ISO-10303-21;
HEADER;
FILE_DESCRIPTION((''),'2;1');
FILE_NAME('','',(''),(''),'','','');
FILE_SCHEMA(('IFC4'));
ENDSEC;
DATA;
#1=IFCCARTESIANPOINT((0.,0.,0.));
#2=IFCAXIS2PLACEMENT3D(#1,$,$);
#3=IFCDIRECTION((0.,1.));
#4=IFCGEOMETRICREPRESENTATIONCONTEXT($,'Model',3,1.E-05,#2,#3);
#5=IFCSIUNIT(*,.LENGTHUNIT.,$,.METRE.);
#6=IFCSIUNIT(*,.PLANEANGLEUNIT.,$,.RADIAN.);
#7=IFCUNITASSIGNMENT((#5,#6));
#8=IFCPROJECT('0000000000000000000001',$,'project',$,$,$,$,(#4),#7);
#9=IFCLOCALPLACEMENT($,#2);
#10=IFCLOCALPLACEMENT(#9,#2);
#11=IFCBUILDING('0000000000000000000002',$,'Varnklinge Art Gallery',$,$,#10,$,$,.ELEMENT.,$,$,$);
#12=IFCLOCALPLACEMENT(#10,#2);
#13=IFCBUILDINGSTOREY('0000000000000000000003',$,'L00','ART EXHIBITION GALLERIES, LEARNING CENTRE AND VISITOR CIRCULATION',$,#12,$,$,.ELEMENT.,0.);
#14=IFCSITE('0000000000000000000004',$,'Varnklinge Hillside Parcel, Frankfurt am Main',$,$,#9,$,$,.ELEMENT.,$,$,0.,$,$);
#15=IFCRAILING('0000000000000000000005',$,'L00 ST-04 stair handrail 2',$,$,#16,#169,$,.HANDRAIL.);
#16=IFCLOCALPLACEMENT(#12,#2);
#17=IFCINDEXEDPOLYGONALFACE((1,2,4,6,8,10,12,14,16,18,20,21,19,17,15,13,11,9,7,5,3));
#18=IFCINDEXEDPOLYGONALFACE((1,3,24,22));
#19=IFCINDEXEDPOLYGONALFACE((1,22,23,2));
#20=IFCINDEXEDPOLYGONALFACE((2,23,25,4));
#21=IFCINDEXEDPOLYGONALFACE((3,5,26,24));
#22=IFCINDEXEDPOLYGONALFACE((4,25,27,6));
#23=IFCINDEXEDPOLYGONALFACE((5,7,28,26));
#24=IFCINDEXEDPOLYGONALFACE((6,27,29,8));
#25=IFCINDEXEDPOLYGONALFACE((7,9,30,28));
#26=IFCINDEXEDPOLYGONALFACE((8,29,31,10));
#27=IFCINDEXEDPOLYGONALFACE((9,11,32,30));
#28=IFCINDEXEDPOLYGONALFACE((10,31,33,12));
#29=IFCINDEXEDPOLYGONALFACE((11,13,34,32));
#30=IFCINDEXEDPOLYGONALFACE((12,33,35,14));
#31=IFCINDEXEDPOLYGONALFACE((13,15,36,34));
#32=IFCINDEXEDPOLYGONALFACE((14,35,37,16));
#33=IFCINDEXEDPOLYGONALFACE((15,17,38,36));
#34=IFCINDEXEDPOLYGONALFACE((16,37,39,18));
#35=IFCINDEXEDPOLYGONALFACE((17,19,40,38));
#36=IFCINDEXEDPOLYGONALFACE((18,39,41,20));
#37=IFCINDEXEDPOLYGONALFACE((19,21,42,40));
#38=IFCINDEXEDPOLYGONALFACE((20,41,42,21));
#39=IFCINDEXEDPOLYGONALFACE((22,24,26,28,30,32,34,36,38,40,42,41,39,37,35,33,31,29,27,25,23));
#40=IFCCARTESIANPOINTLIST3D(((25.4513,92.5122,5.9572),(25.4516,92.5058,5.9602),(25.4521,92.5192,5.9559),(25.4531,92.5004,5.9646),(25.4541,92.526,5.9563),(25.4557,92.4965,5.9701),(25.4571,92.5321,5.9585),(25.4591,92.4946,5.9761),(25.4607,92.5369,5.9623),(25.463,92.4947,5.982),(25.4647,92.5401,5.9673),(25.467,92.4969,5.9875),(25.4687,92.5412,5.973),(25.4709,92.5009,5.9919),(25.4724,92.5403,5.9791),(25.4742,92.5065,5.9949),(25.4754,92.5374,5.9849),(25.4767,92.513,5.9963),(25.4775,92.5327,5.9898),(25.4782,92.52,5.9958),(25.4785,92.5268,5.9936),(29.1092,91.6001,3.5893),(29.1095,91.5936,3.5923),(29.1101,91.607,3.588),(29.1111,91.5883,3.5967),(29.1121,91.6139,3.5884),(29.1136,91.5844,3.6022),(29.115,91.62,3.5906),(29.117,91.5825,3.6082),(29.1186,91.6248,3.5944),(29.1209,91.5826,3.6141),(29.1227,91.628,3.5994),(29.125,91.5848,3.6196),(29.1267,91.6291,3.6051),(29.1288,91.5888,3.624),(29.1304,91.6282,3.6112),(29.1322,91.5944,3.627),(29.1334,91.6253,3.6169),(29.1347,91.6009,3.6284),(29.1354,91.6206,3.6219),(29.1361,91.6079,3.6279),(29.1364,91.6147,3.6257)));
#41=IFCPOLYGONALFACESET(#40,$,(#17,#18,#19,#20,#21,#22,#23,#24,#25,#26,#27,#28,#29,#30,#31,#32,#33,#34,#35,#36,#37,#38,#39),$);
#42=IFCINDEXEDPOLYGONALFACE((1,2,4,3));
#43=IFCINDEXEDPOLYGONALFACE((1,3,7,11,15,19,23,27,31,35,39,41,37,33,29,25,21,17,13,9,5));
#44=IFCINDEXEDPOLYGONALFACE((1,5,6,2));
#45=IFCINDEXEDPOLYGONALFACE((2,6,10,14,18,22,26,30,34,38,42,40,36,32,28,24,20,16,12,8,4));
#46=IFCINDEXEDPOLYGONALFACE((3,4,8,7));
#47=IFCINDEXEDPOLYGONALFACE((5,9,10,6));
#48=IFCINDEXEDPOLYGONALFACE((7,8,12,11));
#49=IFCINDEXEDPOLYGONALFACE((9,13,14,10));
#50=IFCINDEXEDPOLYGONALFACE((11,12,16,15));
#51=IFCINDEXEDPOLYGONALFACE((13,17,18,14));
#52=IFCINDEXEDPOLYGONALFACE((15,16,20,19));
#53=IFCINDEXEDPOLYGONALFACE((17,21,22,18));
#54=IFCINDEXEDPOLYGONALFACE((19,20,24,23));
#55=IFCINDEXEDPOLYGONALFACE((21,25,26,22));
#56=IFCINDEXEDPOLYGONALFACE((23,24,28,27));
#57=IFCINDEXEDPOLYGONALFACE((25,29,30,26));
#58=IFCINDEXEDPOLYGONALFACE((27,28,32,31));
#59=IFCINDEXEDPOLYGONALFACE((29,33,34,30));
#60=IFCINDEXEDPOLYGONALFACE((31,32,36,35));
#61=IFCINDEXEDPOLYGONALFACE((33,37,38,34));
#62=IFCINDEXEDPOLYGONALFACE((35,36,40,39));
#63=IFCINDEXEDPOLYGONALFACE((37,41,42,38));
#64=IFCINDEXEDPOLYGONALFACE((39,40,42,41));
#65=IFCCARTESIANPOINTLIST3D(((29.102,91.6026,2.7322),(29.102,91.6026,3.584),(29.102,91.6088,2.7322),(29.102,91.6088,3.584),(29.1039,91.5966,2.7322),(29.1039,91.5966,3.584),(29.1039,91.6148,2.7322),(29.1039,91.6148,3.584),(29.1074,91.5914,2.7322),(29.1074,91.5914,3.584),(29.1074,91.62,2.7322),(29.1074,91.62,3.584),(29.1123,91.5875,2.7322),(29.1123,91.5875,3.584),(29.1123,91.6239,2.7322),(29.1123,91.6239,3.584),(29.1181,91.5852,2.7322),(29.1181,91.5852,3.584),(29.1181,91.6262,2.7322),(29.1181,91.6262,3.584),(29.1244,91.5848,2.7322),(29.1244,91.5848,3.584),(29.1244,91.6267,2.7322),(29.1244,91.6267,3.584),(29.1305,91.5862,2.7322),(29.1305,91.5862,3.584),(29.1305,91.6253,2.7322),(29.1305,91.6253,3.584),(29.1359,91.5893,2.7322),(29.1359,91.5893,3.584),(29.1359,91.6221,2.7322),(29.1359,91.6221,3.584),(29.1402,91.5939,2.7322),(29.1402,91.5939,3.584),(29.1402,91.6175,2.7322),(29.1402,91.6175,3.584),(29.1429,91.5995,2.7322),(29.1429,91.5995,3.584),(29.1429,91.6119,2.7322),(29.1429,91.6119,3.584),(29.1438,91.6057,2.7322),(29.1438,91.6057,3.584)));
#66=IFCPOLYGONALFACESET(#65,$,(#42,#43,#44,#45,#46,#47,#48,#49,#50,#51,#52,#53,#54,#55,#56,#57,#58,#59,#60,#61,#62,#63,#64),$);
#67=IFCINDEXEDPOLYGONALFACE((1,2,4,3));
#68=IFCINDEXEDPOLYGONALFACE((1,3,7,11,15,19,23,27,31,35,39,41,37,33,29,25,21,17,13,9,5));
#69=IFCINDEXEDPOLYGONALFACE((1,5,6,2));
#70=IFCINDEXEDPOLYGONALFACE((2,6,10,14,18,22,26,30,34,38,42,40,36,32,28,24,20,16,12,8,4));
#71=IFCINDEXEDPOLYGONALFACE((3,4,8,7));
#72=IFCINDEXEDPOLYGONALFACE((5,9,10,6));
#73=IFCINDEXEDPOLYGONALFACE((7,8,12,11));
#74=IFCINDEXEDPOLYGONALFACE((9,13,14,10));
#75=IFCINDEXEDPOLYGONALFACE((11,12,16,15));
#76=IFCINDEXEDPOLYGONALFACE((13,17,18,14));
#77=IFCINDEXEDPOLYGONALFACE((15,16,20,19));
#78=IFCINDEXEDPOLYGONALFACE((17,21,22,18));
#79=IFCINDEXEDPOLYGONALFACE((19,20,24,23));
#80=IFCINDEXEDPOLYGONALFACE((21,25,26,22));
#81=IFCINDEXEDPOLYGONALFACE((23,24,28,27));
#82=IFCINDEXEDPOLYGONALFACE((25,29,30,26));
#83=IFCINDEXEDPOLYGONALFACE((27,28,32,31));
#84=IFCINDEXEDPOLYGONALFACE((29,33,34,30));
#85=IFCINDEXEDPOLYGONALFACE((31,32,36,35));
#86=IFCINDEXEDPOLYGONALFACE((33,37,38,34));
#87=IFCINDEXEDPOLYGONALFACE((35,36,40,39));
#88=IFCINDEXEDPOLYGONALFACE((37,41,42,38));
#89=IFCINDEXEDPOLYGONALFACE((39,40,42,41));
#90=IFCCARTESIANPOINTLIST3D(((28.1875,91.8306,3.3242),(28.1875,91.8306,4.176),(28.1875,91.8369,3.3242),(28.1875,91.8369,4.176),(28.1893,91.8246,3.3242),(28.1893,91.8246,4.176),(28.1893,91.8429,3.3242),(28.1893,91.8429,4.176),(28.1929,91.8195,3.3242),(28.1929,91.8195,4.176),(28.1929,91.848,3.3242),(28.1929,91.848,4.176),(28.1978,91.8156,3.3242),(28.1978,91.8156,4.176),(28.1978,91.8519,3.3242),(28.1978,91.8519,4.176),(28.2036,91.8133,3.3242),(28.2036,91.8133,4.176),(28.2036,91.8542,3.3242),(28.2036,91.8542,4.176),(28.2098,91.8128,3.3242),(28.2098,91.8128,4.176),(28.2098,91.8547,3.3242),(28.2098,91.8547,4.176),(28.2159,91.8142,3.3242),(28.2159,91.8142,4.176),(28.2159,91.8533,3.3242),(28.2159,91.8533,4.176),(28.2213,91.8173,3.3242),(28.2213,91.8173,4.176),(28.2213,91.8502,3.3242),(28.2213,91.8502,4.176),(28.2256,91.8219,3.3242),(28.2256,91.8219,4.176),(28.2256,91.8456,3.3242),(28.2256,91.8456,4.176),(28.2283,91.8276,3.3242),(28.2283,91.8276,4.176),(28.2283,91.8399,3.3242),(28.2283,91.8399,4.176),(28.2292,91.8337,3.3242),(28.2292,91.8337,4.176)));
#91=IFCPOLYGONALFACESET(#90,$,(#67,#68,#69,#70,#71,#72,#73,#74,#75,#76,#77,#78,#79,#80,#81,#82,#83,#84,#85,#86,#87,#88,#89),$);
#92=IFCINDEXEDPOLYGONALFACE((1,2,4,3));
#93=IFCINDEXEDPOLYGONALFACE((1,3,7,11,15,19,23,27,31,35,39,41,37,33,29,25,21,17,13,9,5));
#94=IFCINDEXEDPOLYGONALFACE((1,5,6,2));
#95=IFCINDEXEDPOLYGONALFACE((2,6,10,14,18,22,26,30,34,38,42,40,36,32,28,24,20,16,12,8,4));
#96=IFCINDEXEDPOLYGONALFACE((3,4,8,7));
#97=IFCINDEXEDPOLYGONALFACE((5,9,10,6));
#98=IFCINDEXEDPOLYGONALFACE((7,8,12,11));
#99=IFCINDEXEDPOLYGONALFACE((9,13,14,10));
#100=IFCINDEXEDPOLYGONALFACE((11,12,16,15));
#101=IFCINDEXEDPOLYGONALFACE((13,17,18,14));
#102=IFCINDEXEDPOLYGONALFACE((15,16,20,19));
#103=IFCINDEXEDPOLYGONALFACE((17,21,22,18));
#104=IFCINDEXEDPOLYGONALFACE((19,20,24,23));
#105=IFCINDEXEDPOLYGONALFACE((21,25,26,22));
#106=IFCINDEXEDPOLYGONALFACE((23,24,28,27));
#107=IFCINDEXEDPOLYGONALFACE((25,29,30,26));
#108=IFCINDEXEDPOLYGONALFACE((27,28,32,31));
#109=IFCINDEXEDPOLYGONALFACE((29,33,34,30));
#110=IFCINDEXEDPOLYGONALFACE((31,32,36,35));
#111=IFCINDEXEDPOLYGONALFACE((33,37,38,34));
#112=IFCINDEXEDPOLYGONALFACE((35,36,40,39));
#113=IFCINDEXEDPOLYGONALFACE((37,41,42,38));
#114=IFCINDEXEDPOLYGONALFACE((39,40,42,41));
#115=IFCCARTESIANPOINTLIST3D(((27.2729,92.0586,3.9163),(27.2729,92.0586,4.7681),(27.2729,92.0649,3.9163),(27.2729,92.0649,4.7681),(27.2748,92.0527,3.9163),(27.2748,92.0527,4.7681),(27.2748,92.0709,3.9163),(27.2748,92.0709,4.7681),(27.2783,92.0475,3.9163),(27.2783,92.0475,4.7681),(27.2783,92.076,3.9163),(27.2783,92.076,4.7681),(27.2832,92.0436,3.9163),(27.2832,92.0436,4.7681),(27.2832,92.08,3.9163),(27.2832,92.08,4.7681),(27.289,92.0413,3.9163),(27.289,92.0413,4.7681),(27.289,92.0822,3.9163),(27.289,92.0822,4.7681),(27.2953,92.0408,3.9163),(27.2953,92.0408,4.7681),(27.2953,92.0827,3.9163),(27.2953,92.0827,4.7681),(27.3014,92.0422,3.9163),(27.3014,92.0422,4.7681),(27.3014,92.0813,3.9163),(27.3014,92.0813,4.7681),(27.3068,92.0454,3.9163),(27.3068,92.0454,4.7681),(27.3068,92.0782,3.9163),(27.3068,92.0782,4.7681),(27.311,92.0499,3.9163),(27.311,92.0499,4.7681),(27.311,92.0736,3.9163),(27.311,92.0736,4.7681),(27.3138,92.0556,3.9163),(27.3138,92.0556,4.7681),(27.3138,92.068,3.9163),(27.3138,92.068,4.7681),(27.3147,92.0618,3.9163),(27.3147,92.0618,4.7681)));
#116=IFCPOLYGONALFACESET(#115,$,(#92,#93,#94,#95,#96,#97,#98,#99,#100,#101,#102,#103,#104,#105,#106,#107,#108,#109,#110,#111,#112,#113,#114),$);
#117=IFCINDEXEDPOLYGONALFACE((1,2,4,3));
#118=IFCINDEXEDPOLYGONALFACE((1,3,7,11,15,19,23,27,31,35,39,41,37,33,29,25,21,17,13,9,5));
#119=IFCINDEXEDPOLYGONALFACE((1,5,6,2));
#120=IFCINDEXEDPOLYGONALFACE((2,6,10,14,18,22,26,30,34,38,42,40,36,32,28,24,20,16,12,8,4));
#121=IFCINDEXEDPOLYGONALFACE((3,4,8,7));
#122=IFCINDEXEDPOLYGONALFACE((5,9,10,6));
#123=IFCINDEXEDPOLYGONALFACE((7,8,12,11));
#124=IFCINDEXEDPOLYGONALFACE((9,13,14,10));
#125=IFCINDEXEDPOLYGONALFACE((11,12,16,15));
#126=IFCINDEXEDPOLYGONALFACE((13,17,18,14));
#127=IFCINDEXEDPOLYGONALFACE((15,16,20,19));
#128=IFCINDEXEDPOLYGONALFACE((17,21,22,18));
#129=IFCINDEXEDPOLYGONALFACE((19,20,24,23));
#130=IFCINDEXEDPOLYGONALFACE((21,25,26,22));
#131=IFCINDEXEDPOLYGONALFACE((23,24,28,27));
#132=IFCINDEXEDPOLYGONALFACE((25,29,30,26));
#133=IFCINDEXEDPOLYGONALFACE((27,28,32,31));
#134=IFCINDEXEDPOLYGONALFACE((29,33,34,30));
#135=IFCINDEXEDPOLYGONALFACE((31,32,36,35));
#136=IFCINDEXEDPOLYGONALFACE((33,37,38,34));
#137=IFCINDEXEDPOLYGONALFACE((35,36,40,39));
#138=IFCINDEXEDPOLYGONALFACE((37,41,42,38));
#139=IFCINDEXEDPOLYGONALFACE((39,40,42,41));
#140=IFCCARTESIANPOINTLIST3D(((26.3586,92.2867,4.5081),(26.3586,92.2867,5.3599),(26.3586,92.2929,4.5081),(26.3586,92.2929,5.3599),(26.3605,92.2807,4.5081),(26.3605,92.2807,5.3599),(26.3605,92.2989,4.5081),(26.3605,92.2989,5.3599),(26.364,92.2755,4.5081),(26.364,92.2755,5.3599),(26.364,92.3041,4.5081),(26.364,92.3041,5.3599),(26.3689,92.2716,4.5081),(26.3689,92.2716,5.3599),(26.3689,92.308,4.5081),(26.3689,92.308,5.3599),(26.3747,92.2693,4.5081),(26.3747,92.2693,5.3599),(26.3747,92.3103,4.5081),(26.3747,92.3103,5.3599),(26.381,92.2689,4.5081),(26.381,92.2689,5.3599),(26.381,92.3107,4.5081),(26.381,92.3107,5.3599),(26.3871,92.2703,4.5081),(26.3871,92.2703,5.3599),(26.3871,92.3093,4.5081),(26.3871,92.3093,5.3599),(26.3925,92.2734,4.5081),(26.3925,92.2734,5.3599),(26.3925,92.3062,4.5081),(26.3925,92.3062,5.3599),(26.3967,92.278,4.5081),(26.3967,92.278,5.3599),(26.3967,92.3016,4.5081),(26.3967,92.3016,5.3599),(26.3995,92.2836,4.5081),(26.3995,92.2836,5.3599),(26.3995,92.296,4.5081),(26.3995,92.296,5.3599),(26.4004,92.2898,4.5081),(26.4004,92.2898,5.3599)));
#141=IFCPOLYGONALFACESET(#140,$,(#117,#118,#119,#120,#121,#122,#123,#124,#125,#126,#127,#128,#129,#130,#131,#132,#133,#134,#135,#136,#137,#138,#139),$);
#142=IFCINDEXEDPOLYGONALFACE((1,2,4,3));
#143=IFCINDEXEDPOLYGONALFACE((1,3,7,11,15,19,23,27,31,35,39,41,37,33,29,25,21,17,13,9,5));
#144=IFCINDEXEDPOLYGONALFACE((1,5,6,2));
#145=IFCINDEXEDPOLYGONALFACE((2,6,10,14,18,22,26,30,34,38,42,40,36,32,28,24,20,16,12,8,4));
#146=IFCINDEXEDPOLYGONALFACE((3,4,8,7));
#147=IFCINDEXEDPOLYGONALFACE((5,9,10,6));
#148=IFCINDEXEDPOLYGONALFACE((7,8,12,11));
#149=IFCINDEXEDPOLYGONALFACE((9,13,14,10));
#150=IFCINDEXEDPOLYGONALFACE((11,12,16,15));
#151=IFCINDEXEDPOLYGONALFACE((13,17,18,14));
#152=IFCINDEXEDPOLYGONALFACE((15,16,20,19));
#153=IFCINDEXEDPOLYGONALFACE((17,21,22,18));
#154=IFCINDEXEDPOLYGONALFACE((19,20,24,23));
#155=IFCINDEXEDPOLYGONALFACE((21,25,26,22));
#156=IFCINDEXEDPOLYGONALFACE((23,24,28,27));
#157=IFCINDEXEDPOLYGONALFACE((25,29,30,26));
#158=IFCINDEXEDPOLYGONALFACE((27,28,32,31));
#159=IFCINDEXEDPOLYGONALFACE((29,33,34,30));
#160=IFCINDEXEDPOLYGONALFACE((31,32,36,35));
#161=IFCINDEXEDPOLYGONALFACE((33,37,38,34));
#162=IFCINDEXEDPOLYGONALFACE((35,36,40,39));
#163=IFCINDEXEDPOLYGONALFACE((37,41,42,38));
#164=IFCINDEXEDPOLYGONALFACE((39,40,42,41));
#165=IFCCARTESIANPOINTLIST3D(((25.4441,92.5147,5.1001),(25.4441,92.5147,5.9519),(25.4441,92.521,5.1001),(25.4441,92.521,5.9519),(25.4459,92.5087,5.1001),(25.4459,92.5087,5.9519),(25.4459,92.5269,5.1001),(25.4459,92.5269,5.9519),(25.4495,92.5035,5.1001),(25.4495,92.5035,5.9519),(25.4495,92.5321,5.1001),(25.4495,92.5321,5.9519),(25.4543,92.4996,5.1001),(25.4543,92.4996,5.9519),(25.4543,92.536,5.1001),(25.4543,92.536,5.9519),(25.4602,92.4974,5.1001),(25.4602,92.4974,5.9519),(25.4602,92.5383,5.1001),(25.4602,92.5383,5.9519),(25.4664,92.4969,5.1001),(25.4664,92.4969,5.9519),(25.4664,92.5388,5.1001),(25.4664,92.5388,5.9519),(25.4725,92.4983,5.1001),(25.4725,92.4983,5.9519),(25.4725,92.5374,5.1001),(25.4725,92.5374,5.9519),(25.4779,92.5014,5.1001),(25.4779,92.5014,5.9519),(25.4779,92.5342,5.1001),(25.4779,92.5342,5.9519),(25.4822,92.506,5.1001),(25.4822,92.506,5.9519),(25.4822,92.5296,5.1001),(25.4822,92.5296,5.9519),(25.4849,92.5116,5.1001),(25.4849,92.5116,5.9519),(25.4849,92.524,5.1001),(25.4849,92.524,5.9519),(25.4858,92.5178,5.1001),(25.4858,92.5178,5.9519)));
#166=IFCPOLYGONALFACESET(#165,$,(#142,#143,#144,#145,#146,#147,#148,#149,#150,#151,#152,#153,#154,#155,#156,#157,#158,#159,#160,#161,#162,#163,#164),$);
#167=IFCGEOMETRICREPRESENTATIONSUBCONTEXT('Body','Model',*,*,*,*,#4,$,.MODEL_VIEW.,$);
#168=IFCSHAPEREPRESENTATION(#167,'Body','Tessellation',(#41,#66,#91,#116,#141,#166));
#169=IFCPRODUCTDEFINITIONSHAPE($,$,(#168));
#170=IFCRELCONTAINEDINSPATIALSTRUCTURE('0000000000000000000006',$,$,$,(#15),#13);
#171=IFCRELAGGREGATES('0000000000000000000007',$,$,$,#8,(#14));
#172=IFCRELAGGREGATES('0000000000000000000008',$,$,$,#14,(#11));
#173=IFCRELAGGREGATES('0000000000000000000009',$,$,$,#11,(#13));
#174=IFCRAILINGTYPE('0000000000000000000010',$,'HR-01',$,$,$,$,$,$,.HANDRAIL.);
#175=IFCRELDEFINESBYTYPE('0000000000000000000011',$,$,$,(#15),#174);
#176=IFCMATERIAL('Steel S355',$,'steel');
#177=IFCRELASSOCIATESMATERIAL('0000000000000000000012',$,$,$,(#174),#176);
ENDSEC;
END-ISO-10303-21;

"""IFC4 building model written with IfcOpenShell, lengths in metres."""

from ifc_helpers import new_model, si_unit, direction, frame, origin, origin_2d, place, context, subcontext, project, spatial, circle, extrude, material, type_object, element, save


model = new_model("IFC4")

# Units and contexts
model_context = context("Model", 3, precision=1e-05, world=origin(), true_north=direction((0.0, 1.0)))
body_context = subcontext(model_context, "Body", "Model", "MODEL_VIEW")
ifc_project = project(units=[si_unit("LENGTHUNIT", "METRE"), si_unit("PLANEANGLEUNIT", "RADIAN")], contexts=[model_context])

# Site, building, storey
site_placement = place(None, origin())
site = spatial("IfcSite", under=ifc_project, at=site_placement, Name="Varnklinge Hillside Parcel, Frankfurt am Main", CompositionType="ELEMENT", RefElevation=0.0)
building_placement = place(site_placement, origin())
building = spatial("IfcBuilding", under=site, at=building_placement, Name="Varnklinge Art Gallery", CompositionType="ELEMENT")
storey_placement = place(building_placement, origin())
storey = spatial("IfcBuildingStorey", under=building, at=storey_placement, Name="L00", Description="ART EXHIBITION GALLERIES, LEARNING CENTRE AND VISITOR CIRCULATION", CompositionType="ELEMENT", Elevation=0.0)

# Railing
ifc_material_1 = material(Name="Steel S355", Category="steel")
railing_type_1 = type_object("IfcRailingType", Name="HR-01", PredefinedType="HANDRAIL", material=ifc_material_1)
railing_1_placement = place(storey_placement, frame((29.1228, 91.6057, 2.7322)))
element("IfcRailing", 1, at=railing_1_placement, inside=storey, type_object=railing_type_1, Name="L00 ST-04 stair handrail 2", PredefinedType="HANDRAIL", context=body_context, shape_type="SweptSolid", body=[
    extrude(circle(Radius=0.0239, at=origin_2d()), frame((0.0, 0.0, 0.876), z_axis=(-0.821657, 0.20488, 0.531887), x_axis=(-0.241941, -0.970291, 0.0)), (0.0, 0.0, 1.0), 4.4519),
    extrude(circle(Radius=0.021, at=origin_2d()), origin(), (0.0, 0.0, 1.0), 0.8518),
    extrude(circle(Radius=0.021, at=origin_2d()), frame((-0.9146, 0.228, 0.592)), (0.0, 0.0, 1.0), 0.8518),
    extrude(circle(Radius=0.021, at=origin_2d()), frame((-1.8291, 0.4561, 1.1841)), (0.0, 0.0, 1.0), 0.8518),
    extrude(circle(Radius=0.021, at=origin_2d()), frame((-2.7434, 0.6841, 1.7759)), (0.0, 0.0, 1.0), 0.8518),
    extrude(circle(Radius=0.021, at=origin_2d()), frame((-3.658, 0.9121, 2.3679)), (0.0, 0.0, 1.0), 0.8518),
])

save(model, "model.ifc")
